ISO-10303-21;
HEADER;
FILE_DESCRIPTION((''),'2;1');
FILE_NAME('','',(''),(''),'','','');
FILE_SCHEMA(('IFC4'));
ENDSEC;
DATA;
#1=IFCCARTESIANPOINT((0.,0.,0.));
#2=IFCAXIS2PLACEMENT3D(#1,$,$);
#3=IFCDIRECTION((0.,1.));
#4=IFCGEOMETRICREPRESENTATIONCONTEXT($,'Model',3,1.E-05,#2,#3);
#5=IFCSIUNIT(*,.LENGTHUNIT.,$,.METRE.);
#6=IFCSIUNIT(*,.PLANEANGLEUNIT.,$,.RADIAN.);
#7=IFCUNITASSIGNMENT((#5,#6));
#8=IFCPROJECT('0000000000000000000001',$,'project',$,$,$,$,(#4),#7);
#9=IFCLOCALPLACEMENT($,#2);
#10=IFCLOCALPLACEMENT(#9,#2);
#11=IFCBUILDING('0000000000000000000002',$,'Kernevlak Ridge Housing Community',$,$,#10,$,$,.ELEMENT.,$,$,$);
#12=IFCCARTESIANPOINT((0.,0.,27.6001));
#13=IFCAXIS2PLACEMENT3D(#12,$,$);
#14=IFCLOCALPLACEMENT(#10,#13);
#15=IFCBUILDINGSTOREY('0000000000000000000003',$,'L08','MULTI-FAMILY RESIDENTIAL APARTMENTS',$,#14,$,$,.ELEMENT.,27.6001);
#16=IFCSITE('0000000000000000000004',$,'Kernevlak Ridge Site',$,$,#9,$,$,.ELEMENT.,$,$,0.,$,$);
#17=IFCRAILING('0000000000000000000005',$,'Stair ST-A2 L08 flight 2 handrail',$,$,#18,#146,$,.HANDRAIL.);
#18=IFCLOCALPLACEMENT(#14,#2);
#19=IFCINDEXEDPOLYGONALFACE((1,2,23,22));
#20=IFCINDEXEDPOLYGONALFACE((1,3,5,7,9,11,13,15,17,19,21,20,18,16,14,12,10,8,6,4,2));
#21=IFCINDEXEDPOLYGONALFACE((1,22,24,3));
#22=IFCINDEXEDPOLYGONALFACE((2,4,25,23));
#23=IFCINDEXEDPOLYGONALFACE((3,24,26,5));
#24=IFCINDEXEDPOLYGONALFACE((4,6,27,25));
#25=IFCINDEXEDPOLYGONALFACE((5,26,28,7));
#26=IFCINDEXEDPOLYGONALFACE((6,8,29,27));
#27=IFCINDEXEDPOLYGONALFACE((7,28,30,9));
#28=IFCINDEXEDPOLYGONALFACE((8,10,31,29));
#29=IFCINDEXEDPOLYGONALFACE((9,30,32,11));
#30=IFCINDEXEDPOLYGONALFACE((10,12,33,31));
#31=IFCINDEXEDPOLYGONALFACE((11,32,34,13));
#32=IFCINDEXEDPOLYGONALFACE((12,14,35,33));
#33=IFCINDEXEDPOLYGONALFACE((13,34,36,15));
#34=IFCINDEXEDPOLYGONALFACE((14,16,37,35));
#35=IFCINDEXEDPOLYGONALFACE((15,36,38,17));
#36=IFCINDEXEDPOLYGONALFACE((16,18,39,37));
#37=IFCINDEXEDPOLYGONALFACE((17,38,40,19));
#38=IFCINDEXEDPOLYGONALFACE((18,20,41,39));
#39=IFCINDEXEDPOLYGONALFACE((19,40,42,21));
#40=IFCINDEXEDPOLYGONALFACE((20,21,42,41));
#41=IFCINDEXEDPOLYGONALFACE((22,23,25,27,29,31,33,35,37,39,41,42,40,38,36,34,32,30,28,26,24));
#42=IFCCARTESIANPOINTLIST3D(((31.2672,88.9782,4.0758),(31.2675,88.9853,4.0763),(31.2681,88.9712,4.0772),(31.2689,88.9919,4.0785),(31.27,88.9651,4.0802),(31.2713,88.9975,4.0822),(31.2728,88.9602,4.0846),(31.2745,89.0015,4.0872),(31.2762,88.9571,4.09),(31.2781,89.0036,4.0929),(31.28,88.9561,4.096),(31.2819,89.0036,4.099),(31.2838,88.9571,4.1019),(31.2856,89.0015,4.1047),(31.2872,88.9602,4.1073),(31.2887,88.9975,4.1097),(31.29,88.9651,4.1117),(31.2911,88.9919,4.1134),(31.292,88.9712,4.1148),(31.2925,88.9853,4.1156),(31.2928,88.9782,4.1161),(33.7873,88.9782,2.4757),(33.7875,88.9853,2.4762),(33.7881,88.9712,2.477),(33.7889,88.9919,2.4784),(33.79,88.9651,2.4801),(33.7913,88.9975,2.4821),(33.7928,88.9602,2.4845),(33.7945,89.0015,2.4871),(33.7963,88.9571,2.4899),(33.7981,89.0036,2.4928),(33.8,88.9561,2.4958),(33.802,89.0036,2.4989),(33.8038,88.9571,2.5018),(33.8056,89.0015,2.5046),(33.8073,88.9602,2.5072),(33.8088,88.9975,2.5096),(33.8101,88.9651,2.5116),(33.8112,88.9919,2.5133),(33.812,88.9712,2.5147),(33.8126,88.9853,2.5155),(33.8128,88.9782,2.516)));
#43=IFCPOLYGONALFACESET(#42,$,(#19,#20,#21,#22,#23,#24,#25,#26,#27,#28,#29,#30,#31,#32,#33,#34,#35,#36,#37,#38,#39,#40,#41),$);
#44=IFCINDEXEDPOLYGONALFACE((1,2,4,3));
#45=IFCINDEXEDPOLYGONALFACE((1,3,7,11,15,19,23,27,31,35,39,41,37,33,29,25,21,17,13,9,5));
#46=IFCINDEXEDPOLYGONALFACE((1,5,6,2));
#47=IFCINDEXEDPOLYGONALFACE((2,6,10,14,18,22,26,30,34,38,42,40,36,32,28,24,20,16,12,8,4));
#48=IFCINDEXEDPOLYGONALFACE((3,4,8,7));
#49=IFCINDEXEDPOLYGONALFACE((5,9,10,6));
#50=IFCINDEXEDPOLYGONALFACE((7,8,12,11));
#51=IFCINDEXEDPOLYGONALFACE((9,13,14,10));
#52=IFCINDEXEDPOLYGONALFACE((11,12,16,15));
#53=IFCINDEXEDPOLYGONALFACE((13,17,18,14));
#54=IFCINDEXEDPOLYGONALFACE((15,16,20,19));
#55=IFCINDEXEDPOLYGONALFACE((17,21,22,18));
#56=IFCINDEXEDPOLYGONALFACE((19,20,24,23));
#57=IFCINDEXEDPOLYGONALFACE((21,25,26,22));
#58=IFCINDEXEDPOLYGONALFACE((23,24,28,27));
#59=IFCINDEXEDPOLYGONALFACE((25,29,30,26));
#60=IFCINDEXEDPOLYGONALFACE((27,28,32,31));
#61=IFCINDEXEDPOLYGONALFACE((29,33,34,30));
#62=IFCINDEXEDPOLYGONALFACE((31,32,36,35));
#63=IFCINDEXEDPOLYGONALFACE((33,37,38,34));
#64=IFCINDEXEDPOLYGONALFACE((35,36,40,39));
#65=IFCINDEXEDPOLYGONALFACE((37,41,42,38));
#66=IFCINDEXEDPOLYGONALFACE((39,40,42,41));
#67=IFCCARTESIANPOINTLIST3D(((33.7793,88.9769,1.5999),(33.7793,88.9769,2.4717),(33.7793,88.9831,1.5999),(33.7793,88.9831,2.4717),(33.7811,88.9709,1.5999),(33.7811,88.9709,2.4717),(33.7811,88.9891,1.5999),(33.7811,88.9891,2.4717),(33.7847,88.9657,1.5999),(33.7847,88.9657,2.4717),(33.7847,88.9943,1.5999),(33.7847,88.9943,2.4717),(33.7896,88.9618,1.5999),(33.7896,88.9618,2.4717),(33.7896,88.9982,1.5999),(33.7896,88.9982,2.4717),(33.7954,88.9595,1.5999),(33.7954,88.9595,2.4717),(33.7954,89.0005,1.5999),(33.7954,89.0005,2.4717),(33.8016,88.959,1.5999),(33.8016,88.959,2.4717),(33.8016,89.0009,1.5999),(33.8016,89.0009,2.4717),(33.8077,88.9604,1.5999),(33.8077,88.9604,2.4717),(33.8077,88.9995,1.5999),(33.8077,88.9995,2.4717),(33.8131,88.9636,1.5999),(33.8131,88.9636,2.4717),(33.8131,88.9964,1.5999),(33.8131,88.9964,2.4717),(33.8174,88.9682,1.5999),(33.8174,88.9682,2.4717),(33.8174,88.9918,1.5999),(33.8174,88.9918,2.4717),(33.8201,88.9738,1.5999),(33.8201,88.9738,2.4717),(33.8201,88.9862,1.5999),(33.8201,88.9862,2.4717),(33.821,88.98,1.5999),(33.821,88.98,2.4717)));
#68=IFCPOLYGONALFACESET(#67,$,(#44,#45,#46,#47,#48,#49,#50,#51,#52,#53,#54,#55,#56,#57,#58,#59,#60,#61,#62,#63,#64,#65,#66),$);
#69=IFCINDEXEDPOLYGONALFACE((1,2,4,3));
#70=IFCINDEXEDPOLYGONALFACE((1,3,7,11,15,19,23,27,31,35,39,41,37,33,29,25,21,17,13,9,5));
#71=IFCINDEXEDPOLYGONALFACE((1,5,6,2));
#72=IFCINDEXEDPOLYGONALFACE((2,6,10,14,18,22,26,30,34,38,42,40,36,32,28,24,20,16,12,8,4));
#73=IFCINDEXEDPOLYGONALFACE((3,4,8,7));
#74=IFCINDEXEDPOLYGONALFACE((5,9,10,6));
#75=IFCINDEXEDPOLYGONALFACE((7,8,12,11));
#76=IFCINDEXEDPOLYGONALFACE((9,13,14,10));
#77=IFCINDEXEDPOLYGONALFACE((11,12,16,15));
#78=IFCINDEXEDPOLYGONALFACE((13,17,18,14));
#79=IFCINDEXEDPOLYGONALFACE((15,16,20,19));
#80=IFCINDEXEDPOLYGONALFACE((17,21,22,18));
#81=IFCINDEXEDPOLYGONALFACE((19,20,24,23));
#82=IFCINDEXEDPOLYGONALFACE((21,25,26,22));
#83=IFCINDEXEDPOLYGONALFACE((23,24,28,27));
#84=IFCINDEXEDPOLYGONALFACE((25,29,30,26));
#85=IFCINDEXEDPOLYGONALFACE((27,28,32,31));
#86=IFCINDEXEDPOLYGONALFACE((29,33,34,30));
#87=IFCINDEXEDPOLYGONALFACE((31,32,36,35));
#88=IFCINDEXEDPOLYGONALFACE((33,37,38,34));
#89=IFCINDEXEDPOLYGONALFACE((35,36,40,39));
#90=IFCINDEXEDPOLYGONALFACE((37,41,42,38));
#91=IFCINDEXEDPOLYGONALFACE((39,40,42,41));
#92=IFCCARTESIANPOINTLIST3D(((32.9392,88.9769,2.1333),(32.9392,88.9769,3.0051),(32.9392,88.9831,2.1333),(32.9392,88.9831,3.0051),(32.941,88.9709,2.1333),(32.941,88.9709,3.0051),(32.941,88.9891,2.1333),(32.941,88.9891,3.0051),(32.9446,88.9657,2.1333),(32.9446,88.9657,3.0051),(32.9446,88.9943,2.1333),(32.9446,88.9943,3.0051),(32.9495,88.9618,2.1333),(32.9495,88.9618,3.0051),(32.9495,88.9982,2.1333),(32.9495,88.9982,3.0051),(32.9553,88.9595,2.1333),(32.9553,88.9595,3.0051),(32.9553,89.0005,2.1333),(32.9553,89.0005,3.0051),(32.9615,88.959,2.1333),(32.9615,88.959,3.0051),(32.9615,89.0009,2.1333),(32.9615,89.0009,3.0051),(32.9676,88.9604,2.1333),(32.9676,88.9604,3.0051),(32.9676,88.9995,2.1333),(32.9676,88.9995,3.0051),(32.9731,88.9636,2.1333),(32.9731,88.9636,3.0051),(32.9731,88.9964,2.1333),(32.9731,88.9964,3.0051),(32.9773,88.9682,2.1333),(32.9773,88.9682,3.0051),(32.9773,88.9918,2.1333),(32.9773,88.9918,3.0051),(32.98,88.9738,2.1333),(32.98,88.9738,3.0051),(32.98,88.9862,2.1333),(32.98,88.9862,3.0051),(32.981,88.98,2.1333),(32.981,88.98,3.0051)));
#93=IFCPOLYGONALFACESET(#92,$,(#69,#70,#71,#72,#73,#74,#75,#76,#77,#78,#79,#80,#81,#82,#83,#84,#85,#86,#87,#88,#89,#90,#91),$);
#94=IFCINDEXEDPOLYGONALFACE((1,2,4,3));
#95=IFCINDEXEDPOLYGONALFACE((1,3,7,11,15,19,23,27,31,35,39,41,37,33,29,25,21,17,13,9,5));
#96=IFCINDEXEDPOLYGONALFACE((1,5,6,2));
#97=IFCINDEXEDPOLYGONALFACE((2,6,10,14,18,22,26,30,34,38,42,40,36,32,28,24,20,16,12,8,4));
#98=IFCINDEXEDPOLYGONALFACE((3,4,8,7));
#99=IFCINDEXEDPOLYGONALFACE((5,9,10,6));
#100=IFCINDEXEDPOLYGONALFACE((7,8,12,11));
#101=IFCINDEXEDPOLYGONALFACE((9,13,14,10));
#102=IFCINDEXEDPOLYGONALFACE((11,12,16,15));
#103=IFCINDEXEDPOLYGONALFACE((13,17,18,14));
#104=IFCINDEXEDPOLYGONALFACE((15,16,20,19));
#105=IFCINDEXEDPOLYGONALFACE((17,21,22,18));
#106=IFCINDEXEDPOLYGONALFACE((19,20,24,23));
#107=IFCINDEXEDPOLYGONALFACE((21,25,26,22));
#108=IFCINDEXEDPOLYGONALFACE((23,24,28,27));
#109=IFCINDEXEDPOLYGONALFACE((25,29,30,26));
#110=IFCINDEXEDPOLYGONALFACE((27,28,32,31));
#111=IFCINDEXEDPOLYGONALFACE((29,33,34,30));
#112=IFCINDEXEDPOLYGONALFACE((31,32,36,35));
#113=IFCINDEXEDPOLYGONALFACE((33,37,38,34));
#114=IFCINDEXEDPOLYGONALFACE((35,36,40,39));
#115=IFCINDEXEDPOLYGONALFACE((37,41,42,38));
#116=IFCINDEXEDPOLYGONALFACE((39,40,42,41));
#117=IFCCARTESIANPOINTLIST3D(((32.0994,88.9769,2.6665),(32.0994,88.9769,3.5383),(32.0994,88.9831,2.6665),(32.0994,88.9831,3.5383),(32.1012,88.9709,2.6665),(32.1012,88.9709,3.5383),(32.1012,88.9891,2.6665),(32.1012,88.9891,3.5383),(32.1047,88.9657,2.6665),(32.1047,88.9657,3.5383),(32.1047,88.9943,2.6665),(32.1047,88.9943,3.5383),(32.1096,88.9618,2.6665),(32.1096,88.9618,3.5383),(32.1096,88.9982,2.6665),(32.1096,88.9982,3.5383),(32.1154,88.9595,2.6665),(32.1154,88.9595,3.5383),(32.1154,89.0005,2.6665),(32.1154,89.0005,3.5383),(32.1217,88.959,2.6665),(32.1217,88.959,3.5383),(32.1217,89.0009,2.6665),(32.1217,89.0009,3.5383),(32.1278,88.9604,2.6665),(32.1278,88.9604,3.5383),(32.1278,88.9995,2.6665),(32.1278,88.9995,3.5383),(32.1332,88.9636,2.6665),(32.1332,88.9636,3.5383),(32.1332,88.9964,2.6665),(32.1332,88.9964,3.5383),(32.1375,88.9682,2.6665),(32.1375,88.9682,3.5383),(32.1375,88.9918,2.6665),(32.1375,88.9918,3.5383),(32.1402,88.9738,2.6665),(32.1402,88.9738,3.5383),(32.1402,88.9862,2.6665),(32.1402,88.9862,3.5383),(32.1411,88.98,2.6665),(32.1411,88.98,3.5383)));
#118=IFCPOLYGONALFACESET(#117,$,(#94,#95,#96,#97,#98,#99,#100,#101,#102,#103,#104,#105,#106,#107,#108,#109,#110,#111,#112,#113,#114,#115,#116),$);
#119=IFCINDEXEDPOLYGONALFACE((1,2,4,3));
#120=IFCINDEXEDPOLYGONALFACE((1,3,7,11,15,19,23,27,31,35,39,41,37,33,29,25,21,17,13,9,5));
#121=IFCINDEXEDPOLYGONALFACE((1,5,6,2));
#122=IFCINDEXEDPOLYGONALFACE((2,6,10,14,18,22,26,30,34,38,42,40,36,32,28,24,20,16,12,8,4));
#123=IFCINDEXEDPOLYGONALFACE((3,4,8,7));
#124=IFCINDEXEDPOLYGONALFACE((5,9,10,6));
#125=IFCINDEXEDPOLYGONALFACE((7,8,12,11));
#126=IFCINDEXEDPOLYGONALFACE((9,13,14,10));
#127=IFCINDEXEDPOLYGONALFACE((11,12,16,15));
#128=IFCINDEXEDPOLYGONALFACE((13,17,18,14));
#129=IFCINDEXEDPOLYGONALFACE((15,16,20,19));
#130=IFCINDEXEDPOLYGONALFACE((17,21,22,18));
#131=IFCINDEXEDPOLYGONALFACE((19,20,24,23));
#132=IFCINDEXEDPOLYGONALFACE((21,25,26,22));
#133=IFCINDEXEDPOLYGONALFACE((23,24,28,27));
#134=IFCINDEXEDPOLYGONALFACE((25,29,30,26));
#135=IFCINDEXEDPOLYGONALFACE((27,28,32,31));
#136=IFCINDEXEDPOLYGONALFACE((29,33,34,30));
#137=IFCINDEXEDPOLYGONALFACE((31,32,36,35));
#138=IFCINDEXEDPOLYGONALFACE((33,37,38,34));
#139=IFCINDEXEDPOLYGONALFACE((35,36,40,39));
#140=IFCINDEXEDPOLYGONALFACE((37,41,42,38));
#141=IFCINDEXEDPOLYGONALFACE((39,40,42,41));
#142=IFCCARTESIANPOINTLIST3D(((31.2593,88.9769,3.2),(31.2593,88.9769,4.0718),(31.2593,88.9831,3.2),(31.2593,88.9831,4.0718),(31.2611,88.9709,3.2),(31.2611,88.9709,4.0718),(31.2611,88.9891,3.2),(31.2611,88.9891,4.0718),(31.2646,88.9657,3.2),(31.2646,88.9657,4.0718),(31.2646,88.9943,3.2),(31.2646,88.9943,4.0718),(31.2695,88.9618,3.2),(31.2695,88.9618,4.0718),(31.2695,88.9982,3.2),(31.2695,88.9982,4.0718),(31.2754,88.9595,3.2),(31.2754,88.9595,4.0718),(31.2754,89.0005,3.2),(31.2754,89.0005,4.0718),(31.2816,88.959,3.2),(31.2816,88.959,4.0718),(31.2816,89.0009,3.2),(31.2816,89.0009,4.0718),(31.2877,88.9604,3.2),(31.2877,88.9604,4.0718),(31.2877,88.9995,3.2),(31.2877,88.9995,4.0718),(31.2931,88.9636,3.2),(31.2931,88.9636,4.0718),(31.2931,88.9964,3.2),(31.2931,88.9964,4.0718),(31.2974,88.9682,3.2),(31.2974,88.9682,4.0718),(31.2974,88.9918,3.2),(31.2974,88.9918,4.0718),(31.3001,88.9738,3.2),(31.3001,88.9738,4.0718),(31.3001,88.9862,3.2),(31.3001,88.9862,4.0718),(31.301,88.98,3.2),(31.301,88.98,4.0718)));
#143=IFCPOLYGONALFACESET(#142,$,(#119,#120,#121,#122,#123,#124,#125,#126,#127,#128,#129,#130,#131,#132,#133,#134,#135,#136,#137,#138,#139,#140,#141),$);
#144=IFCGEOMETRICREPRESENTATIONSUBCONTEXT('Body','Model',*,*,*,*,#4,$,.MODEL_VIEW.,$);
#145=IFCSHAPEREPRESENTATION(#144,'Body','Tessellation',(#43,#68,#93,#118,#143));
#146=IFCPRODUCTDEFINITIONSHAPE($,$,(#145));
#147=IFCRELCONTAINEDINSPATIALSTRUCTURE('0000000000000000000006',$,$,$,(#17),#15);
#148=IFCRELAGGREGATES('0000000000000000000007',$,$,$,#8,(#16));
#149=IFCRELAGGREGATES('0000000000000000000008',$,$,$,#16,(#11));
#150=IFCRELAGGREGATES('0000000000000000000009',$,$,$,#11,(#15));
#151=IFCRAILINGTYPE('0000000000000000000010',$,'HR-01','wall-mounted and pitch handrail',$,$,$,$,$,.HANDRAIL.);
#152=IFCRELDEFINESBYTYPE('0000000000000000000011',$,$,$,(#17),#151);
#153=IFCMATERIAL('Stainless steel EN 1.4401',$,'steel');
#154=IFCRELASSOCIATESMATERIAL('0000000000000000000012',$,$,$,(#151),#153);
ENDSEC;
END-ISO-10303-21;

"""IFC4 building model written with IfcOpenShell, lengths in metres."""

from ifc_helpers import new_model, si_unit, direction, frame, origin, origin_2d, place, context, subcontext, project, spatial, circle, extrude, material, type_object, element, save


model = new_model("IFC4")

# Units and contexts
model_context = context("Model", 3, precision=1e-05, world=origin(), true_north=direction((0.0, 1.0)))
body_context = subcontext(model_context, "Body", "Model", "MODEL_VIEW")
ifc_project = project(units=[si_unit("LENGTHUNIT", "METRE"), si_unit("PLANEANGLEUNIT", "RADIAN")], contexts=[model_context])

# Site, building, storey
site_placement = place(None, origin())
site = spatial("IfcSite", under=ifc_project, at=site_placement, Name="Kernevlak Ridge Site", CompositionType="ELEMENT", RefElevation=0.0)
building_placement = place(site_placement, origin())
building = spatial("IfcBuilding", under=site, at=building_placement, Name="Kernevlak Ridge Housing Community", CompositionType="ELEMENT")
storey_placement = place(building_placement, frame((0.0, 0.0, 27.6001)))
storey = spatial("IfcBuildingStorey", under=building, at=storey_placement, Name="L08", Description="MULTI-FAMILY RESIDENTIAL APARTMENTS", CompositionType="ELEMENT", Elevation=27.6001)

# Railing
ifc_material_1 = material(Name="Stainless steel EN 1.4401", Category="steel")
railing_type_1 = type_object("IfcRailingType", Name="HR-01", Description="wall-mounted and pitch handrail", PredefinedType="HANDRAIL", material=ifc_material_1)
railing_1_placement = place(storey_placement, frame((33.8, 88.98, 1.5999)))
element("IfcRailing", 1, at=railing_1_placement, inside=storey, type_object=railing_type_1, Name="Stair ST-A2 L08 flight 2 handrail", PredefinedType="HANDRAIL", context=body_context, shape_type="SweptSolid", body=[
    extrude(circle(Radius=0.0239, at=origin_2d()), frame((0.0, 0.0, 0.896), z_axis=(-0.8442, 0.0, 0.536028), x_axis=(0.0, -1.0, 0.0)), (0.0, 0.0, 1.0), 2.9851),
    extrude(circle(Radius=0.021, at=origin_2d()), origin(), (0.0, 0.0, 1.0), 0.8718),
    extrude(circle(Radius=0.021, at=origin_2d()), frame((-0.8401, 0.0, 0.5334)), (0.0, 0.0, 1.0), 0.8718),
    extrude(circle(Radius=0.021, at=origin_2d()), frame((-1.6799, 0.0, 1.0667)), (0.0, 0.0, 1.0), 0.8718),
    extrude(circle(Radius=0.021, at=origin_2d()), frame((-2.52, 0.0, 1.6001)), (0.0, 0.0, 1.0), 0.8718),
])

save(model, "model.ifc")
